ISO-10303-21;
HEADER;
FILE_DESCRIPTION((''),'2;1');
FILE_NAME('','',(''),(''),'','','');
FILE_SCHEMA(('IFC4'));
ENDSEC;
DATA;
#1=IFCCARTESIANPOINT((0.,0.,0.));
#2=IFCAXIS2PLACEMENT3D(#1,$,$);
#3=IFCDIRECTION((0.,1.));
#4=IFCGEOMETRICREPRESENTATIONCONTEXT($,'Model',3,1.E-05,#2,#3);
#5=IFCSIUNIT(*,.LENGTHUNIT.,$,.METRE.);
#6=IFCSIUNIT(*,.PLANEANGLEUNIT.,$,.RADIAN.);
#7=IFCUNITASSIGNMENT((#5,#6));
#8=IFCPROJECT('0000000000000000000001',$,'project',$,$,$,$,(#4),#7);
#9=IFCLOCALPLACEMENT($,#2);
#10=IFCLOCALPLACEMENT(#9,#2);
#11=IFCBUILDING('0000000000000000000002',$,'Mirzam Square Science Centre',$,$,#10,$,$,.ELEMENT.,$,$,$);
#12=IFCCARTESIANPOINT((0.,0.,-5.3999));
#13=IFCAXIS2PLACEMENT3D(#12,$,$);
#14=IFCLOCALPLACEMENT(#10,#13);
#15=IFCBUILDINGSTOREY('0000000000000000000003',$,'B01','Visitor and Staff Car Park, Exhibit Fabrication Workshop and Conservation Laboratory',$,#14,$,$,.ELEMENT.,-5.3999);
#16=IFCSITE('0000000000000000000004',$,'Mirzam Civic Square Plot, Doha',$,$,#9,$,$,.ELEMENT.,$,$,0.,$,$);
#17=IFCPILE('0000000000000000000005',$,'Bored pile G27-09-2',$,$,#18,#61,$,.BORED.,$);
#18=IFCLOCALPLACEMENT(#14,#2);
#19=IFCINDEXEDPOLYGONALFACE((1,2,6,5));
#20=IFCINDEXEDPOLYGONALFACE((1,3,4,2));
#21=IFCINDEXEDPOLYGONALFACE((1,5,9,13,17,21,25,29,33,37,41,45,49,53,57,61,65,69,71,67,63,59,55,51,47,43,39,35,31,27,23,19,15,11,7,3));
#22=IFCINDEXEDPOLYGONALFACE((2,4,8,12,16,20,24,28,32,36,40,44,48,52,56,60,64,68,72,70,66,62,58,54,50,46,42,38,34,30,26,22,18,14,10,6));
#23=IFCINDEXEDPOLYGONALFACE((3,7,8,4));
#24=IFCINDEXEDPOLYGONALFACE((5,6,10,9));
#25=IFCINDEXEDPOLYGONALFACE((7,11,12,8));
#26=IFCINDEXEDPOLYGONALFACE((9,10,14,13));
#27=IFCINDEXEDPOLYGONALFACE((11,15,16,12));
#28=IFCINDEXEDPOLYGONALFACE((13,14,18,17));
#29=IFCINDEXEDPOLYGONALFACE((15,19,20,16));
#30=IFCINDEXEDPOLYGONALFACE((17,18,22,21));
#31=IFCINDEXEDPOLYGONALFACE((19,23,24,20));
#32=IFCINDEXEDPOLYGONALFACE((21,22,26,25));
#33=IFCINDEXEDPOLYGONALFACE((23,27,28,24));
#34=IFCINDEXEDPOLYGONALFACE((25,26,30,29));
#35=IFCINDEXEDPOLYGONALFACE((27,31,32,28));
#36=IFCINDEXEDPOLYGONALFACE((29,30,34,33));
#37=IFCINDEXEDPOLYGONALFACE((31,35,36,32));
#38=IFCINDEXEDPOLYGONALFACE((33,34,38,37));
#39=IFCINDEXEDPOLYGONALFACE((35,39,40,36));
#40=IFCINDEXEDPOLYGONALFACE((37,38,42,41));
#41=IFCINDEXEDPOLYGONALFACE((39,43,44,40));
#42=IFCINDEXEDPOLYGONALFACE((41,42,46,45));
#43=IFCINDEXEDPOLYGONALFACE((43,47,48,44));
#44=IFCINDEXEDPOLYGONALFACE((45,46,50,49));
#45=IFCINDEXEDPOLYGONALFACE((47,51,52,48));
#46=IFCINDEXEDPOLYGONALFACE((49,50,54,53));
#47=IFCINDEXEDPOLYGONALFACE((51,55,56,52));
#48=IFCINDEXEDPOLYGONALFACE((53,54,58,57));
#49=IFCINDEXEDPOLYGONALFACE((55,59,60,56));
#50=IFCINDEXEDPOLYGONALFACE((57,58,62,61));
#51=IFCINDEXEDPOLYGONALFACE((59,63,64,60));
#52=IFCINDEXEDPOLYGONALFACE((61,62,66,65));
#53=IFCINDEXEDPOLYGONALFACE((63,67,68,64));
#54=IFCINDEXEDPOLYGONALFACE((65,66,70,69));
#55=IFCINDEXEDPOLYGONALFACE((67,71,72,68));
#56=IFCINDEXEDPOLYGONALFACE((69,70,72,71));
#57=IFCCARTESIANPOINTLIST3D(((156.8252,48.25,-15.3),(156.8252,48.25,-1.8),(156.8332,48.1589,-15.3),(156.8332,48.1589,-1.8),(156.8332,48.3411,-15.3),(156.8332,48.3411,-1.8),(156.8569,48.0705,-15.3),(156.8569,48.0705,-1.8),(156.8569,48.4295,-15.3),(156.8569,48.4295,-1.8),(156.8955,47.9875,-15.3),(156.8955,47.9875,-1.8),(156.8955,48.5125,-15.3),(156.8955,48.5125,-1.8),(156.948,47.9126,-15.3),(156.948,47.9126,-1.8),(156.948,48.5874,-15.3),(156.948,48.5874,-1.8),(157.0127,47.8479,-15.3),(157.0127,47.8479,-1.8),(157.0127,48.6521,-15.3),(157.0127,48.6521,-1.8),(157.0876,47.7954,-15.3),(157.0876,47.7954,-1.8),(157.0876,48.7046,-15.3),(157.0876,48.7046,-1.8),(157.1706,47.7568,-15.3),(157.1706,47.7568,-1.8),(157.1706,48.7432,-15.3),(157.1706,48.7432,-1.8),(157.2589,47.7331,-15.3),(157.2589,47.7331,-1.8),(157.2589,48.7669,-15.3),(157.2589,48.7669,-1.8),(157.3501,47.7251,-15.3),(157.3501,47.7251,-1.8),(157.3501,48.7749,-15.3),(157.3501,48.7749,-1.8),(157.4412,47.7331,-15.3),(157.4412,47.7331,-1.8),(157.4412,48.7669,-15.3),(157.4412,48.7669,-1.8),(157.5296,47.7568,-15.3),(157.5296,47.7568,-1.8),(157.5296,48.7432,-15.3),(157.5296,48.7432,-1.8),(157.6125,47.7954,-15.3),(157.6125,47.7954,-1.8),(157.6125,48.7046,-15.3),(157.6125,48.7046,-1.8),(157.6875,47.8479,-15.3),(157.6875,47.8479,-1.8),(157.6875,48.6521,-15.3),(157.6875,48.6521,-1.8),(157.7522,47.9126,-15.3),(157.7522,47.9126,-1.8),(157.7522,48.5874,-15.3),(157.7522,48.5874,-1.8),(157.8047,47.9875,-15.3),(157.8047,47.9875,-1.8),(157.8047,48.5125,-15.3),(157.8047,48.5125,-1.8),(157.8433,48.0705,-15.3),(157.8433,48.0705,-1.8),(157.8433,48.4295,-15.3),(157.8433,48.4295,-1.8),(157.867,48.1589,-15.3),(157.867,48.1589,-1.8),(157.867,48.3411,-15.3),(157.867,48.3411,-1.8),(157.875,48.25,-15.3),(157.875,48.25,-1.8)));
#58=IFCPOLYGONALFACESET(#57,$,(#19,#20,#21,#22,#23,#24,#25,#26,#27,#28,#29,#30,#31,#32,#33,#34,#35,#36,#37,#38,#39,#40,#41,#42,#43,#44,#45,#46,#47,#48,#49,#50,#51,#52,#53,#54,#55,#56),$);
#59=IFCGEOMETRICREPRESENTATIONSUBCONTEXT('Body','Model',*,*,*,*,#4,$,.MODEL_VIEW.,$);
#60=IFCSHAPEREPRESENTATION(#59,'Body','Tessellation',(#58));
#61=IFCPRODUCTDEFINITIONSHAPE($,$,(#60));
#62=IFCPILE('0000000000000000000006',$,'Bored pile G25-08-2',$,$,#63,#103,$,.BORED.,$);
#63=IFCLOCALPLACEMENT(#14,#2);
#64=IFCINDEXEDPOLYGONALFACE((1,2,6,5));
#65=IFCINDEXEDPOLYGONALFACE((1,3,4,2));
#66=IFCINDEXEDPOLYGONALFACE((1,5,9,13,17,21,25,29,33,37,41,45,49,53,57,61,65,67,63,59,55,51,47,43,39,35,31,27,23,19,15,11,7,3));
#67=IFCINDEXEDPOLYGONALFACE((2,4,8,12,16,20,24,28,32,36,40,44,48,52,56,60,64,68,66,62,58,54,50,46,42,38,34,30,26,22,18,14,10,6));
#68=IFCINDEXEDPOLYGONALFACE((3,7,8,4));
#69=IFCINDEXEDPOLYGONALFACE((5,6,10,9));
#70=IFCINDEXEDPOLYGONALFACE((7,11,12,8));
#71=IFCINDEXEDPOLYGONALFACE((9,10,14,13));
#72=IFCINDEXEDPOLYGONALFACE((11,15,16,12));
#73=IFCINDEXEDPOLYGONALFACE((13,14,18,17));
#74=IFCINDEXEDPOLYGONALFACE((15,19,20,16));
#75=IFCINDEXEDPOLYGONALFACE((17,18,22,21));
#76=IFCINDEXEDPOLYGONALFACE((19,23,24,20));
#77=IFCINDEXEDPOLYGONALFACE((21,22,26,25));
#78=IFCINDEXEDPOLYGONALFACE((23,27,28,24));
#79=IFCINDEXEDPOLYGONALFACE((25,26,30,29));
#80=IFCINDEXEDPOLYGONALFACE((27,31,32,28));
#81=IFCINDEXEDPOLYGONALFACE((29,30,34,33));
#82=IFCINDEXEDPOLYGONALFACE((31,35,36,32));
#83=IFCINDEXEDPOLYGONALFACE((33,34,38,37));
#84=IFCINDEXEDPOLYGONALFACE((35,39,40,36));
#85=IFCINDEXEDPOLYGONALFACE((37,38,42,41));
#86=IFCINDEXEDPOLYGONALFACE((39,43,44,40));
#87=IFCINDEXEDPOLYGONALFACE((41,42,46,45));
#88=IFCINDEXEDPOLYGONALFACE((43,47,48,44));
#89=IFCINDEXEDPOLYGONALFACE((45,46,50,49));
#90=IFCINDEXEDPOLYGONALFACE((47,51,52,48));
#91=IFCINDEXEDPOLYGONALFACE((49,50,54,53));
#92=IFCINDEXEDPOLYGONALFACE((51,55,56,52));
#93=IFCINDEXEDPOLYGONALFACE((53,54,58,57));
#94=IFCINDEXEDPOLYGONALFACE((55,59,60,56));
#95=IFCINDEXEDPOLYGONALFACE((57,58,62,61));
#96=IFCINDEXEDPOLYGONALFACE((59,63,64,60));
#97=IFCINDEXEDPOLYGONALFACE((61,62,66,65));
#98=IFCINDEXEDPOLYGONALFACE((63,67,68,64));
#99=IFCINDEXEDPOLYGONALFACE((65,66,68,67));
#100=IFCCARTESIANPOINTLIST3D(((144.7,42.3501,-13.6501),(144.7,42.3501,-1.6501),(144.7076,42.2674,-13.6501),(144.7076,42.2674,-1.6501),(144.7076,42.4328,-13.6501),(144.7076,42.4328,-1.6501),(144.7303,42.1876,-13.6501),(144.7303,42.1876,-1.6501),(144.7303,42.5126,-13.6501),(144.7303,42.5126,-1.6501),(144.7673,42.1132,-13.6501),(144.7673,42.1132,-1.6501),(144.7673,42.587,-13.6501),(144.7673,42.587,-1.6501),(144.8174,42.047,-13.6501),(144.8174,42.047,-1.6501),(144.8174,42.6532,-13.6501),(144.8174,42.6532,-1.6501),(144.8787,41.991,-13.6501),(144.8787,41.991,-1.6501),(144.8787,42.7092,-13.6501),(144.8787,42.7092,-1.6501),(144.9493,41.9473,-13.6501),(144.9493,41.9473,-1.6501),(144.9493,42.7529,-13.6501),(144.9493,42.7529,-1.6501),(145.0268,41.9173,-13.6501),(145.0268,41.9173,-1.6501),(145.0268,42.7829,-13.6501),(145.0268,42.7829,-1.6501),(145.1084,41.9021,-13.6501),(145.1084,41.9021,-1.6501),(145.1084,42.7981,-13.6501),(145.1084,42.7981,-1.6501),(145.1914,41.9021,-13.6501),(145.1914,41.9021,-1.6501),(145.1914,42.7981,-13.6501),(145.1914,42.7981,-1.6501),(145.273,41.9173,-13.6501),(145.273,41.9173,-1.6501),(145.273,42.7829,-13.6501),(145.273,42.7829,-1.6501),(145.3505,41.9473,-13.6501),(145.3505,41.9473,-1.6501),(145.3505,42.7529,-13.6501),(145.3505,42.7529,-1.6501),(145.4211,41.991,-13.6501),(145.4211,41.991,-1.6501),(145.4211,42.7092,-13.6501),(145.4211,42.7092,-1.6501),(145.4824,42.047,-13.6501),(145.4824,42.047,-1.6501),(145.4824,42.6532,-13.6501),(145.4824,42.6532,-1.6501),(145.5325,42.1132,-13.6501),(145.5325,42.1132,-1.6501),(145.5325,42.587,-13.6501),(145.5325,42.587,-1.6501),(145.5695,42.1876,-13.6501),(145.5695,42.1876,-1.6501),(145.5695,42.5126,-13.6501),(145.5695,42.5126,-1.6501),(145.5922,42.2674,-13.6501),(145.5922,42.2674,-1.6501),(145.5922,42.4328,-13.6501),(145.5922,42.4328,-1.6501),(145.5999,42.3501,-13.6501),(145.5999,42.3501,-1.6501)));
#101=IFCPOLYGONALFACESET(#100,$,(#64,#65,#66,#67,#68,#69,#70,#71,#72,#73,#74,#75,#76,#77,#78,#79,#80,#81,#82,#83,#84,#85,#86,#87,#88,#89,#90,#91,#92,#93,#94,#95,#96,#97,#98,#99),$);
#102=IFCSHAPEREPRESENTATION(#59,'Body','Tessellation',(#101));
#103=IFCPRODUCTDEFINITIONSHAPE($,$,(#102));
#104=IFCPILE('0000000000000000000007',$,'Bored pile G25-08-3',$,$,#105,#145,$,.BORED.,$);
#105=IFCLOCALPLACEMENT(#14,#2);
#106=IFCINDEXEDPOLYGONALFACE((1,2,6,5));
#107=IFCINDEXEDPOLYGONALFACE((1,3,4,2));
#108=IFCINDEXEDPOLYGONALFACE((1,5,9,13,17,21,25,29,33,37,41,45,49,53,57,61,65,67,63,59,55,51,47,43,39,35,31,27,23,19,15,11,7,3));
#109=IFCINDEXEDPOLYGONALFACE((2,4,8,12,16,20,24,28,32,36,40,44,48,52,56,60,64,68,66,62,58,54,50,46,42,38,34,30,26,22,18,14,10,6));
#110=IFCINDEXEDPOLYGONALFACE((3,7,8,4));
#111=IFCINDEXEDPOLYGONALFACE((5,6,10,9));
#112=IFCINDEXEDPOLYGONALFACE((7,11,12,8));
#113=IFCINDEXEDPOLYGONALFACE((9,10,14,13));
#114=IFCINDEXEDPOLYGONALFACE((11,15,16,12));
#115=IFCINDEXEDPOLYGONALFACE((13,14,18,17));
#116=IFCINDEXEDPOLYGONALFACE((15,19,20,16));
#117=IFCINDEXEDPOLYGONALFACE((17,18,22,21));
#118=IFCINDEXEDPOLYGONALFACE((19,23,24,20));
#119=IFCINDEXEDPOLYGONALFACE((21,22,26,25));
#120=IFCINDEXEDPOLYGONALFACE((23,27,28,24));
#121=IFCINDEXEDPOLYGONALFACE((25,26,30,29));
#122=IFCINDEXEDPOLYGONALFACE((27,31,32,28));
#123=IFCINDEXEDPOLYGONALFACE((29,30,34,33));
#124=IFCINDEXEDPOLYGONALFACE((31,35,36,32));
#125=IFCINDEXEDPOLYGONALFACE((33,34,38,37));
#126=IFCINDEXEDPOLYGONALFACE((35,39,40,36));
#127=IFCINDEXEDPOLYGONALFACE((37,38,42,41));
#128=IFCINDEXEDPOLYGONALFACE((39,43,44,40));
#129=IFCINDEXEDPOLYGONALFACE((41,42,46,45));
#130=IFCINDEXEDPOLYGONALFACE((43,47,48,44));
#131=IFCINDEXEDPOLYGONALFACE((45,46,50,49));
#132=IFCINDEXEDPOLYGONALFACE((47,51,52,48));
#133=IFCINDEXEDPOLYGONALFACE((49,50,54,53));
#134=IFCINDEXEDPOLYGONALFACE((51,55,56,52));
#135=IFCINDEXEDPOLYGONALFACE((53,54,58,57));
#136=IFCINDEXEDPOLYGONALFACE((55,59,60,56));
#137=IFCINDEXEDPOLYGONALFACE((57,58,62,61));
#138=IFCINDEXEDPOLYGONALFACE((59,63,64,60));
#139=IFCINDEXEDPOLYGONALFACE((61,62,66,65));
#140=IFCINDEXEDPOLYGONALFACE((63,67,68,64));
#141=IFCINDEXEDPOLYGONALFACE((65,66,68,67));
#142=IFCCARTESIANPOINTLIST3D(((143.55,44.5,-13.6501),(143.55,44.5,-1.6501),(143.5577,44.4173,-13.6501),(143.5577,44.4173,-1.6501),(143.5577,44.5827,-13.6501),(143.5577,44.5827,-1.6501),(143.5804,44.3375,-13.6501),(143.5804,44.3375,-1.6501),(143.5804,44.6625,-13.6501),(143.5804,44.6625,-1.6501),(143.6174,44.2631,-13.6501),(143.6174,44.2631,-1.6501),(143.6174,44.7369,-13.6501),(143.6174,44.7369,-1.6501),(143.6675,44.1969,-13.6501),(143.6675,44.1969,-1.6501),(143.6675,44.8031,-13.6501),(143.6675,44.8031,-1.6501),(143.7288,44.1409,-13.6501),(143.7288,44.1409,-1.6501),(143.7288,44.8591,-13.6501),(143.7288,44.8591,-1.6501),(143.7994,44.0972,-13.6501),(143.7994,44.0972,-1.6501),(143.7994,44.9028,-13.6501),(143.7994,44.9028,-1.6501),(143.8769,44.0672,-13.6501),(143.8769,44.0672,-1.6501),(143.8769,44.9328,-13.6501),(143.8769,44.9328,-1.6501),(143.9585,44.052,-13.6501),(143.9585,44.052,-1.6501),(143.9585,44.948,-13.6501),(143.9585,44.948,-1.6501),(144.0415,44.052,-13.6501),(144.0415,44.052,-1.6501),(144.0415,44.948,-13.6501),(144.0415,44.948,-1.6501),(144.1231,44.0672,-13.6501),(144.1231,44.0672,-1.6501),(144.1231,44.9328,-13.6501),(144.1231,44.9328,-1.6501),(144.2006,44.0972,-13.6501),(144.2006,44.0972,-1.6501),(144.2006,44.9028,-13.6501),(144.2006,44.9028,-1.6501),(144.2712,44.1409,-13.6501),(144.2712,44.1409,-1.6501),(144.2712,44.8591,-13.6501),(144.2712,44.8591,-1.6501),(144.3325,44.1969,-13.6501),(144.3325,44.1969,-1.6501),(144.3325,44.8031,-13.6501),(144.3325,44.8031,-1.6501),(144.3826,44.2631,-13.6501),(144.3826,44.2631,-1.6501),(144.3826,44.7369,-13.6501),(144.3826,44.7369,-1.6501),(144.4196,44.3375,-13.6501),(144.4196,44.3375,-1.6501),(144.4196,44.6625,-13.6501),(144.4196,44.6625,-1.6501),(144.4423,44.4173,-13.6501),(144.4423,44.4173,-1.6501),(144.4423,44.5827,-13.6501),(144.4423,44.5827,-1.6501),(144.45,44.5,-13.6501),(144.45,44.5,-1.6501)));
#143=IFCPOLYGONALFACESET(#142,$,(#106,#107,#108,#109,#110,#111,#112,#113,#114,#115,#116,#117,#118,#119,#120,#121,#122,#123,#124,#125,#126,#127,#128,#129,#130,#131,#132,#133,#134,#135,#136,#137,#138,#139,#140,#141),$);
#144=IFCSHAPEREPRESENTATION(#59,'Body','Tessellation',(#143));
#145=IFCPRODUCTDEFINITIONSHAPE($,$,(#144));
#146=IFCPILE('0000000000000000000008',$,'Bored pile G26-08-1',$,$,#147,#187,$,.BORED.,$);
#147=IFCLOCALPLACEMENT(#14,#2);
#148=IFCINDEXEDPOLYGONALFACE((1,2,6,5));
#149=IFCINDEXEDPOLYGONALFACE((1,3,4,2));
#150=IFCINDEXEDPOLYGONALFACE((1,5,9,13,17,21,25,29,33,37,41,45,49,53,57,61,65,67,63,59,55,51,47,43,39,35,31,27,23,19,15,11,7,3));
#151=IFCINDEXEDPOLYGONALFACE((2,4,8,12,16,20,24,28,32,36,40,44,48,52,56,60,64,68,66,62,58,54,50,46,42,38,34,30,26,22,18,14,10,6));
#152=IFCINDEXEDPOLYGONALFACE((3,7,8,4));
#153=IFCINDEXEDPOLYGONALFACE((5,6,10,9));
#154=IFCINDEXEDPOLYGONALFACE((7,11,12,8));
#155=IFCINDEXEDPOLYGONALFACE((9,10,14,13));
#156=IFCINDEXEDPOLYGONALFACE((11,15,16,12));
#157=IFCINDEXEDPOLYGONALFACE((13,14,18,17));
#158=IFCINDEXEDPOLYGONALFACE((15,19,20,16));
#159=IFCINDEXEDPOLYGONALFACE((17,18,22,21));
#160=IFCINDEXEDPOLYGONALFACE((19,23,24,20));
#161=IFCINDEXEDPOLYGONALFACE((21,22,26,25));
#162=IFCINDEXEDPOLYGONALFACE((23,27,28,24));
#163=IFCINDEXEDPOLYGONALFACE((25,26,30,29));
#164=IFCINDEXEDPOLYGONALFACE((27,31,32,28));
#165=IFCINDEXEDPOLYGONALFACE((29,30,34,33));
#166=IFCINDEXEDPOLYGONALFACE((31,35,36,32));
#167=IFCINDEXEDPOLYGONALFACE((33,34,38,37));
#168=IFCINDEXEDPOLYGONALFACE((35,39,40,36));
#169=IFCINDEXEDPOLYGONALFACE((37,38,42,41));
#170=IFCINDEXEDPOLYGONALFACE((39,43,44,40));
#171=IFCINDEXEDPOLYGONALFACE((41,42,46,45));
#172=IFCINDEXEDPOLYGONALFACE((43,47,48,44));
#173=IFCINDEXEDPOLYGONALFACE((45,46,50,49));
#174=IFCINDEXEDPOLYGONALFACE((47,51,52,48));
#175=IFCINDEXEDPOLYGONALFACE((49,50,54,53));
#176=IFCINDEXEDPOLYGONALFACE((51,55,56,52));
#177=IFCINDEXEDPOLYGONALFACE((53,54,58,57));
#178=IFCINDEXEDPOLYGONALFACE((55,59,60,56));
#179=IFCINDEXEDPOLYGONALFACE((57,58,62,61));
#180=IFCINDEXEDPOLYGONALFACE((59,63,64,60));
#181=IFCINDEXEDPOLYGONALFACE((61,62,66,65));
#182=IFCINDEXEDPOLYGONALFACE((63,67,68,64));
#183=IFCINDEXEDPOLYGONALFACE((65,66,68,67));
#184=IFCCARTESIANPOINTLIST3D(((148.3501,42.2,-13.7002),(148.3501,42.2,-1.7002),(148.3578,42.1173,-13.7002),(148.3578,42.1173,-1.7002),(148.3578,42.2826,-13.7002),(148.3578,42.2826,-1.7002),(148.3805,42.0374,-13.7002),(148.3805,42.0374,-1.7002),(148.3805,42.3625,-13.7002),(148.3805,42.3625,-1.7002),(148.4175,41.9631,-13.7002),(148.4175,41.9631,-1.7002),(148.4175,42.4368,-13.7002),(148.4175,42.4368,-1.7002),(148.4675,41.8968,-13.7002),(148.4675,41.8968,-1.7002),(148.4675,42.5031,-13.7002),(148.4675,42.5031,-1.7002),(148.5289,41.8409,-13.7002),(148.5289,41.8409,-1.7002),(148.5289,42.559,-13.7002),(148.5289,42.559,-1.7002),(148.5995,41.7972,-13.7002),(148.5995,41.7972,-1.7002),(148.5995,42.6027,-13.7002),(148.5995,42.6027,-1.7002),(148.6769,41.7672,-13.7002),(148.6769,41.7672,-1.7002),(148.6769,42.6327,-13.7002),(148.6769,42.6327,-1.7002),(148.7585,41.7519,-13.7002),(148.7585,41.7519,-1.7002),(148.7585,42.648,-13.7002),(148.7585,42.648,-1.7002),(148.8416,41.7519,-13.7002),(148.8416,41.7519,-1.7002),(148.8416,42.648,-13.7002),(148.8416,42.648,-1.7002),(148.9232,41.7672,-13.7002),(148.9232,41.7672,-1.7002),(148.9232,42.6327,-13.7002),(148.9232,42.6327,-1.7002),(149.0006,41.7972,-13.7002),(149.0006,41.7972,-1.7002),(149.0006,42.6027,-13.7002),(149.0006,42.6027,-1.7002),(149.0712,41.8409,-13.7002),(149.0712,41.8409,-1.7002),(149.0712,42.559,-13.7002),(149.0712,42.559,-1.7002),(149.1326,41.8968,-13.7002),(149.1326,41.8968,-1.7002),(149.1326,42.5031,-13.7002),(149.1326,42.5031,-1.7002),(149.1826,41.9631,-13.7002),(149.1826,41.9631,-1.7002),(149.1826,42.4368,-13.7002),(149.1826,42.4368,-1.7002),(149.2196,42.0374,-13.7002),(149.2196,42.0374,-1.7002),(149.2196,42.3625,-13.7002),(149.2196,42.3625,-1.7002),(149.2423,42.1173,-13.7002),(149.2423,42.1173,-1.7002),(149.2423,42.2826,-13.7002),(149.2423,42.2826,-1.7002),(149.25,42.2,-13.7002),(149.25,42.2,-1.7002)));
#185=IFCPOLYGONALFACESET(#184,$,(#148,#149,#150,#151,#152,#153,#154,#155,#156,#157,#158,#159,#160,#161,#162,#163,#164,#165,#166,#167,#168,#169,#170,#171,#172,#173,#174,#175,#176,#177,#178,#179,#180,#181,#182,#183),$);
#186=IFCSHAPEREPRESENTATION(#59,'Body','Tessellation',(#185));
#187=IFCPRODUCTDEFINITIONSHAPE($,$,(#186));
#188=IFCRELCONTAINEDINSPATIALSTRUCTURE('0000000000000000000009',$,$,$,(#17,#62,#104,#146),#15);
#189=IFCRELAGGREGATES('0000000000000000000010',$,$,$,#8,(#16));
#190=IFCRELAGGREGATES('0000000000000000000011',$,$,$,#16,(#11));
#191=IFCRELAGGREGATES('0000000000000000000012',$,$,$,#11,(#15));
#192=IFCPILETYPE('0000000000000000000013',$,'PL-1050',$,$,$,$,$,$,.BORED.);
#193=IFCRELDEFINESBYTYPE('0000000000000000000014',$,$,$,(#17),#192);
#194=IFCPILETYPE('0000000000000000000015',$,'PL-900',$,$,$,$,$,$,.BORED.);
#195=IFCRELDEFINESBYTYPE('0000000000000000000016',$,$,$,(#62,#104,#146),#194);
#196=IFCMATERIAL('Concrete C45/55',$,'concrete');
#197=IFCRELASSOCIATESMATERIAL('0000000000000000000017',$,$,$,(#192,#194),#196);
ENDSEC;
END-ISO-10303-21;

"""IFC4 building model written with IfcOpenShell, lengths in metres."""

from ifc_helpers import new_model, si_unit, direction, frame, origin, origin_2d, place, context, subcontext, project, spatial, circle, extrude, material, material_profile, profile_set, type_object, element, save


model = new_model("IFC4")

# Units and contexts
model_context = context("Model", 3, precision=1e-05, world=origin(), true_north=direction((0.0, 1.0)))
body_context = subcontext(model_context, "Body", "Model", "MODEL_VIEW")
ifc_project = project(units=[si_unit("LENGTHUNIT", "METRE"), si_unit("PLANEANGLEUNIT", "RADIAN")], contexts=[model_context])

# Site, building, storey
site_placement = place(None, origin())
site = spatial("IfcSite", under=ifc_project, at=site_placement, Name="Mirzam Civic Square Plot, Doha", CompositionType="ELEMENT", RefElevation=0.0)
building_placement = place(site_placement, origin())
building = spatial("IfcBuilding", under=site, at=building_placement, Name="Mirzam Square Science Centre", CompositionType="ELEMENT")
storey_placement = place(building_placement, frame((0.0, 0.0, -5.3999)))
storey = spatial("IfcBuildingStorey", under=building, at=storey_placement, Name="B01", Description="Visitor and Staff Car Park, Exhibit Fabrication Workshop and Conservation Laboratory", CompositionType="ELEMENT", Elevation=-5.3999)

# Shared definitions
ifc_material = material(Name="Concrete C45/55", Category="concrete")

# Piles
ifc_material_profile_1 = material_profile(ifc_material, circle(Radius=0.5249, at=origin_2d()), Name="PILE-D1050")
ifc_profile_set_1 = profile_set([ifc_material_profile_1], Name="Concrete C45/55")
pile_type_1 = type_object("IfcPileType", Name="PL-1050", PredefinedType="BORED", material=ifc_profile_set_1)
for number, where, z_axis, x_axis, name in (
    (1, (157.3501, 48.25, -1.8), (0.0, 0.0, -1.0), (1.0, 0.0, 0.0), "Bored pile G27-09-2"),
):
    element("IfcPile", number, at=place(storey_placement, frame(where, z_axis=z_axis, x_axis=x_axis)), inside=storey, type_object=pile_type_1, Name=name, PredefinedType="BORED", context=body_context, shape_type="SweptSolid", body=[
        extrude(circle(Radius=0.5249, at=origin_2d()), origin(), (0.0, 0.0, 1.0), 13.5),
    ])
ifc_material_profile_2 = material_profile(ifc_material, circle(Radius=0.45, at=origin_2d()), Name="PILE-D900")
ifc_profile_set_2 = profile_set([ifc_material_profile_2], Name="Concrete C45/55")
pile_type_2 = type_object("IfcPileType", Name="PL-900", PredefinedType="BORED", material=ifc_profile_set_2)
for number, where, z_axis, x_axis, name in (
    (2, (145.1499, 42.3501, -1.6501), (0.0, 0.0, -1.0), (1.0, 0.0, 0.0), "Bored pile G25-08-2"),
    (3, (144.0, 44.5, -1.6501), (0.0, 0.0, -1.0), (1.0, 0.0, 0.0), "Bored pile G25-08-3"),
    (4, (148.8, 42.2, -1.7002), (0.0, 0.0, -1.0), (1.0, 0.0, 0.0), "Bored pile G26-08-1"),
):
    element("IfcPile", number, at=place(storey_placement, frame(where, z_axis=z_axis, x_axis=x_axis)), inside=storey, type_object=pile_type_2, Name=name, PredefinedType="BORED", context=body_context, shape_type="SweptSolid", body=[
        extrude(circle(Radius=0.45, at=origin_2d()), origin(), (0.0, 0.0, 1.0), 12.0),
    ])

save(model, "model.ifc")
